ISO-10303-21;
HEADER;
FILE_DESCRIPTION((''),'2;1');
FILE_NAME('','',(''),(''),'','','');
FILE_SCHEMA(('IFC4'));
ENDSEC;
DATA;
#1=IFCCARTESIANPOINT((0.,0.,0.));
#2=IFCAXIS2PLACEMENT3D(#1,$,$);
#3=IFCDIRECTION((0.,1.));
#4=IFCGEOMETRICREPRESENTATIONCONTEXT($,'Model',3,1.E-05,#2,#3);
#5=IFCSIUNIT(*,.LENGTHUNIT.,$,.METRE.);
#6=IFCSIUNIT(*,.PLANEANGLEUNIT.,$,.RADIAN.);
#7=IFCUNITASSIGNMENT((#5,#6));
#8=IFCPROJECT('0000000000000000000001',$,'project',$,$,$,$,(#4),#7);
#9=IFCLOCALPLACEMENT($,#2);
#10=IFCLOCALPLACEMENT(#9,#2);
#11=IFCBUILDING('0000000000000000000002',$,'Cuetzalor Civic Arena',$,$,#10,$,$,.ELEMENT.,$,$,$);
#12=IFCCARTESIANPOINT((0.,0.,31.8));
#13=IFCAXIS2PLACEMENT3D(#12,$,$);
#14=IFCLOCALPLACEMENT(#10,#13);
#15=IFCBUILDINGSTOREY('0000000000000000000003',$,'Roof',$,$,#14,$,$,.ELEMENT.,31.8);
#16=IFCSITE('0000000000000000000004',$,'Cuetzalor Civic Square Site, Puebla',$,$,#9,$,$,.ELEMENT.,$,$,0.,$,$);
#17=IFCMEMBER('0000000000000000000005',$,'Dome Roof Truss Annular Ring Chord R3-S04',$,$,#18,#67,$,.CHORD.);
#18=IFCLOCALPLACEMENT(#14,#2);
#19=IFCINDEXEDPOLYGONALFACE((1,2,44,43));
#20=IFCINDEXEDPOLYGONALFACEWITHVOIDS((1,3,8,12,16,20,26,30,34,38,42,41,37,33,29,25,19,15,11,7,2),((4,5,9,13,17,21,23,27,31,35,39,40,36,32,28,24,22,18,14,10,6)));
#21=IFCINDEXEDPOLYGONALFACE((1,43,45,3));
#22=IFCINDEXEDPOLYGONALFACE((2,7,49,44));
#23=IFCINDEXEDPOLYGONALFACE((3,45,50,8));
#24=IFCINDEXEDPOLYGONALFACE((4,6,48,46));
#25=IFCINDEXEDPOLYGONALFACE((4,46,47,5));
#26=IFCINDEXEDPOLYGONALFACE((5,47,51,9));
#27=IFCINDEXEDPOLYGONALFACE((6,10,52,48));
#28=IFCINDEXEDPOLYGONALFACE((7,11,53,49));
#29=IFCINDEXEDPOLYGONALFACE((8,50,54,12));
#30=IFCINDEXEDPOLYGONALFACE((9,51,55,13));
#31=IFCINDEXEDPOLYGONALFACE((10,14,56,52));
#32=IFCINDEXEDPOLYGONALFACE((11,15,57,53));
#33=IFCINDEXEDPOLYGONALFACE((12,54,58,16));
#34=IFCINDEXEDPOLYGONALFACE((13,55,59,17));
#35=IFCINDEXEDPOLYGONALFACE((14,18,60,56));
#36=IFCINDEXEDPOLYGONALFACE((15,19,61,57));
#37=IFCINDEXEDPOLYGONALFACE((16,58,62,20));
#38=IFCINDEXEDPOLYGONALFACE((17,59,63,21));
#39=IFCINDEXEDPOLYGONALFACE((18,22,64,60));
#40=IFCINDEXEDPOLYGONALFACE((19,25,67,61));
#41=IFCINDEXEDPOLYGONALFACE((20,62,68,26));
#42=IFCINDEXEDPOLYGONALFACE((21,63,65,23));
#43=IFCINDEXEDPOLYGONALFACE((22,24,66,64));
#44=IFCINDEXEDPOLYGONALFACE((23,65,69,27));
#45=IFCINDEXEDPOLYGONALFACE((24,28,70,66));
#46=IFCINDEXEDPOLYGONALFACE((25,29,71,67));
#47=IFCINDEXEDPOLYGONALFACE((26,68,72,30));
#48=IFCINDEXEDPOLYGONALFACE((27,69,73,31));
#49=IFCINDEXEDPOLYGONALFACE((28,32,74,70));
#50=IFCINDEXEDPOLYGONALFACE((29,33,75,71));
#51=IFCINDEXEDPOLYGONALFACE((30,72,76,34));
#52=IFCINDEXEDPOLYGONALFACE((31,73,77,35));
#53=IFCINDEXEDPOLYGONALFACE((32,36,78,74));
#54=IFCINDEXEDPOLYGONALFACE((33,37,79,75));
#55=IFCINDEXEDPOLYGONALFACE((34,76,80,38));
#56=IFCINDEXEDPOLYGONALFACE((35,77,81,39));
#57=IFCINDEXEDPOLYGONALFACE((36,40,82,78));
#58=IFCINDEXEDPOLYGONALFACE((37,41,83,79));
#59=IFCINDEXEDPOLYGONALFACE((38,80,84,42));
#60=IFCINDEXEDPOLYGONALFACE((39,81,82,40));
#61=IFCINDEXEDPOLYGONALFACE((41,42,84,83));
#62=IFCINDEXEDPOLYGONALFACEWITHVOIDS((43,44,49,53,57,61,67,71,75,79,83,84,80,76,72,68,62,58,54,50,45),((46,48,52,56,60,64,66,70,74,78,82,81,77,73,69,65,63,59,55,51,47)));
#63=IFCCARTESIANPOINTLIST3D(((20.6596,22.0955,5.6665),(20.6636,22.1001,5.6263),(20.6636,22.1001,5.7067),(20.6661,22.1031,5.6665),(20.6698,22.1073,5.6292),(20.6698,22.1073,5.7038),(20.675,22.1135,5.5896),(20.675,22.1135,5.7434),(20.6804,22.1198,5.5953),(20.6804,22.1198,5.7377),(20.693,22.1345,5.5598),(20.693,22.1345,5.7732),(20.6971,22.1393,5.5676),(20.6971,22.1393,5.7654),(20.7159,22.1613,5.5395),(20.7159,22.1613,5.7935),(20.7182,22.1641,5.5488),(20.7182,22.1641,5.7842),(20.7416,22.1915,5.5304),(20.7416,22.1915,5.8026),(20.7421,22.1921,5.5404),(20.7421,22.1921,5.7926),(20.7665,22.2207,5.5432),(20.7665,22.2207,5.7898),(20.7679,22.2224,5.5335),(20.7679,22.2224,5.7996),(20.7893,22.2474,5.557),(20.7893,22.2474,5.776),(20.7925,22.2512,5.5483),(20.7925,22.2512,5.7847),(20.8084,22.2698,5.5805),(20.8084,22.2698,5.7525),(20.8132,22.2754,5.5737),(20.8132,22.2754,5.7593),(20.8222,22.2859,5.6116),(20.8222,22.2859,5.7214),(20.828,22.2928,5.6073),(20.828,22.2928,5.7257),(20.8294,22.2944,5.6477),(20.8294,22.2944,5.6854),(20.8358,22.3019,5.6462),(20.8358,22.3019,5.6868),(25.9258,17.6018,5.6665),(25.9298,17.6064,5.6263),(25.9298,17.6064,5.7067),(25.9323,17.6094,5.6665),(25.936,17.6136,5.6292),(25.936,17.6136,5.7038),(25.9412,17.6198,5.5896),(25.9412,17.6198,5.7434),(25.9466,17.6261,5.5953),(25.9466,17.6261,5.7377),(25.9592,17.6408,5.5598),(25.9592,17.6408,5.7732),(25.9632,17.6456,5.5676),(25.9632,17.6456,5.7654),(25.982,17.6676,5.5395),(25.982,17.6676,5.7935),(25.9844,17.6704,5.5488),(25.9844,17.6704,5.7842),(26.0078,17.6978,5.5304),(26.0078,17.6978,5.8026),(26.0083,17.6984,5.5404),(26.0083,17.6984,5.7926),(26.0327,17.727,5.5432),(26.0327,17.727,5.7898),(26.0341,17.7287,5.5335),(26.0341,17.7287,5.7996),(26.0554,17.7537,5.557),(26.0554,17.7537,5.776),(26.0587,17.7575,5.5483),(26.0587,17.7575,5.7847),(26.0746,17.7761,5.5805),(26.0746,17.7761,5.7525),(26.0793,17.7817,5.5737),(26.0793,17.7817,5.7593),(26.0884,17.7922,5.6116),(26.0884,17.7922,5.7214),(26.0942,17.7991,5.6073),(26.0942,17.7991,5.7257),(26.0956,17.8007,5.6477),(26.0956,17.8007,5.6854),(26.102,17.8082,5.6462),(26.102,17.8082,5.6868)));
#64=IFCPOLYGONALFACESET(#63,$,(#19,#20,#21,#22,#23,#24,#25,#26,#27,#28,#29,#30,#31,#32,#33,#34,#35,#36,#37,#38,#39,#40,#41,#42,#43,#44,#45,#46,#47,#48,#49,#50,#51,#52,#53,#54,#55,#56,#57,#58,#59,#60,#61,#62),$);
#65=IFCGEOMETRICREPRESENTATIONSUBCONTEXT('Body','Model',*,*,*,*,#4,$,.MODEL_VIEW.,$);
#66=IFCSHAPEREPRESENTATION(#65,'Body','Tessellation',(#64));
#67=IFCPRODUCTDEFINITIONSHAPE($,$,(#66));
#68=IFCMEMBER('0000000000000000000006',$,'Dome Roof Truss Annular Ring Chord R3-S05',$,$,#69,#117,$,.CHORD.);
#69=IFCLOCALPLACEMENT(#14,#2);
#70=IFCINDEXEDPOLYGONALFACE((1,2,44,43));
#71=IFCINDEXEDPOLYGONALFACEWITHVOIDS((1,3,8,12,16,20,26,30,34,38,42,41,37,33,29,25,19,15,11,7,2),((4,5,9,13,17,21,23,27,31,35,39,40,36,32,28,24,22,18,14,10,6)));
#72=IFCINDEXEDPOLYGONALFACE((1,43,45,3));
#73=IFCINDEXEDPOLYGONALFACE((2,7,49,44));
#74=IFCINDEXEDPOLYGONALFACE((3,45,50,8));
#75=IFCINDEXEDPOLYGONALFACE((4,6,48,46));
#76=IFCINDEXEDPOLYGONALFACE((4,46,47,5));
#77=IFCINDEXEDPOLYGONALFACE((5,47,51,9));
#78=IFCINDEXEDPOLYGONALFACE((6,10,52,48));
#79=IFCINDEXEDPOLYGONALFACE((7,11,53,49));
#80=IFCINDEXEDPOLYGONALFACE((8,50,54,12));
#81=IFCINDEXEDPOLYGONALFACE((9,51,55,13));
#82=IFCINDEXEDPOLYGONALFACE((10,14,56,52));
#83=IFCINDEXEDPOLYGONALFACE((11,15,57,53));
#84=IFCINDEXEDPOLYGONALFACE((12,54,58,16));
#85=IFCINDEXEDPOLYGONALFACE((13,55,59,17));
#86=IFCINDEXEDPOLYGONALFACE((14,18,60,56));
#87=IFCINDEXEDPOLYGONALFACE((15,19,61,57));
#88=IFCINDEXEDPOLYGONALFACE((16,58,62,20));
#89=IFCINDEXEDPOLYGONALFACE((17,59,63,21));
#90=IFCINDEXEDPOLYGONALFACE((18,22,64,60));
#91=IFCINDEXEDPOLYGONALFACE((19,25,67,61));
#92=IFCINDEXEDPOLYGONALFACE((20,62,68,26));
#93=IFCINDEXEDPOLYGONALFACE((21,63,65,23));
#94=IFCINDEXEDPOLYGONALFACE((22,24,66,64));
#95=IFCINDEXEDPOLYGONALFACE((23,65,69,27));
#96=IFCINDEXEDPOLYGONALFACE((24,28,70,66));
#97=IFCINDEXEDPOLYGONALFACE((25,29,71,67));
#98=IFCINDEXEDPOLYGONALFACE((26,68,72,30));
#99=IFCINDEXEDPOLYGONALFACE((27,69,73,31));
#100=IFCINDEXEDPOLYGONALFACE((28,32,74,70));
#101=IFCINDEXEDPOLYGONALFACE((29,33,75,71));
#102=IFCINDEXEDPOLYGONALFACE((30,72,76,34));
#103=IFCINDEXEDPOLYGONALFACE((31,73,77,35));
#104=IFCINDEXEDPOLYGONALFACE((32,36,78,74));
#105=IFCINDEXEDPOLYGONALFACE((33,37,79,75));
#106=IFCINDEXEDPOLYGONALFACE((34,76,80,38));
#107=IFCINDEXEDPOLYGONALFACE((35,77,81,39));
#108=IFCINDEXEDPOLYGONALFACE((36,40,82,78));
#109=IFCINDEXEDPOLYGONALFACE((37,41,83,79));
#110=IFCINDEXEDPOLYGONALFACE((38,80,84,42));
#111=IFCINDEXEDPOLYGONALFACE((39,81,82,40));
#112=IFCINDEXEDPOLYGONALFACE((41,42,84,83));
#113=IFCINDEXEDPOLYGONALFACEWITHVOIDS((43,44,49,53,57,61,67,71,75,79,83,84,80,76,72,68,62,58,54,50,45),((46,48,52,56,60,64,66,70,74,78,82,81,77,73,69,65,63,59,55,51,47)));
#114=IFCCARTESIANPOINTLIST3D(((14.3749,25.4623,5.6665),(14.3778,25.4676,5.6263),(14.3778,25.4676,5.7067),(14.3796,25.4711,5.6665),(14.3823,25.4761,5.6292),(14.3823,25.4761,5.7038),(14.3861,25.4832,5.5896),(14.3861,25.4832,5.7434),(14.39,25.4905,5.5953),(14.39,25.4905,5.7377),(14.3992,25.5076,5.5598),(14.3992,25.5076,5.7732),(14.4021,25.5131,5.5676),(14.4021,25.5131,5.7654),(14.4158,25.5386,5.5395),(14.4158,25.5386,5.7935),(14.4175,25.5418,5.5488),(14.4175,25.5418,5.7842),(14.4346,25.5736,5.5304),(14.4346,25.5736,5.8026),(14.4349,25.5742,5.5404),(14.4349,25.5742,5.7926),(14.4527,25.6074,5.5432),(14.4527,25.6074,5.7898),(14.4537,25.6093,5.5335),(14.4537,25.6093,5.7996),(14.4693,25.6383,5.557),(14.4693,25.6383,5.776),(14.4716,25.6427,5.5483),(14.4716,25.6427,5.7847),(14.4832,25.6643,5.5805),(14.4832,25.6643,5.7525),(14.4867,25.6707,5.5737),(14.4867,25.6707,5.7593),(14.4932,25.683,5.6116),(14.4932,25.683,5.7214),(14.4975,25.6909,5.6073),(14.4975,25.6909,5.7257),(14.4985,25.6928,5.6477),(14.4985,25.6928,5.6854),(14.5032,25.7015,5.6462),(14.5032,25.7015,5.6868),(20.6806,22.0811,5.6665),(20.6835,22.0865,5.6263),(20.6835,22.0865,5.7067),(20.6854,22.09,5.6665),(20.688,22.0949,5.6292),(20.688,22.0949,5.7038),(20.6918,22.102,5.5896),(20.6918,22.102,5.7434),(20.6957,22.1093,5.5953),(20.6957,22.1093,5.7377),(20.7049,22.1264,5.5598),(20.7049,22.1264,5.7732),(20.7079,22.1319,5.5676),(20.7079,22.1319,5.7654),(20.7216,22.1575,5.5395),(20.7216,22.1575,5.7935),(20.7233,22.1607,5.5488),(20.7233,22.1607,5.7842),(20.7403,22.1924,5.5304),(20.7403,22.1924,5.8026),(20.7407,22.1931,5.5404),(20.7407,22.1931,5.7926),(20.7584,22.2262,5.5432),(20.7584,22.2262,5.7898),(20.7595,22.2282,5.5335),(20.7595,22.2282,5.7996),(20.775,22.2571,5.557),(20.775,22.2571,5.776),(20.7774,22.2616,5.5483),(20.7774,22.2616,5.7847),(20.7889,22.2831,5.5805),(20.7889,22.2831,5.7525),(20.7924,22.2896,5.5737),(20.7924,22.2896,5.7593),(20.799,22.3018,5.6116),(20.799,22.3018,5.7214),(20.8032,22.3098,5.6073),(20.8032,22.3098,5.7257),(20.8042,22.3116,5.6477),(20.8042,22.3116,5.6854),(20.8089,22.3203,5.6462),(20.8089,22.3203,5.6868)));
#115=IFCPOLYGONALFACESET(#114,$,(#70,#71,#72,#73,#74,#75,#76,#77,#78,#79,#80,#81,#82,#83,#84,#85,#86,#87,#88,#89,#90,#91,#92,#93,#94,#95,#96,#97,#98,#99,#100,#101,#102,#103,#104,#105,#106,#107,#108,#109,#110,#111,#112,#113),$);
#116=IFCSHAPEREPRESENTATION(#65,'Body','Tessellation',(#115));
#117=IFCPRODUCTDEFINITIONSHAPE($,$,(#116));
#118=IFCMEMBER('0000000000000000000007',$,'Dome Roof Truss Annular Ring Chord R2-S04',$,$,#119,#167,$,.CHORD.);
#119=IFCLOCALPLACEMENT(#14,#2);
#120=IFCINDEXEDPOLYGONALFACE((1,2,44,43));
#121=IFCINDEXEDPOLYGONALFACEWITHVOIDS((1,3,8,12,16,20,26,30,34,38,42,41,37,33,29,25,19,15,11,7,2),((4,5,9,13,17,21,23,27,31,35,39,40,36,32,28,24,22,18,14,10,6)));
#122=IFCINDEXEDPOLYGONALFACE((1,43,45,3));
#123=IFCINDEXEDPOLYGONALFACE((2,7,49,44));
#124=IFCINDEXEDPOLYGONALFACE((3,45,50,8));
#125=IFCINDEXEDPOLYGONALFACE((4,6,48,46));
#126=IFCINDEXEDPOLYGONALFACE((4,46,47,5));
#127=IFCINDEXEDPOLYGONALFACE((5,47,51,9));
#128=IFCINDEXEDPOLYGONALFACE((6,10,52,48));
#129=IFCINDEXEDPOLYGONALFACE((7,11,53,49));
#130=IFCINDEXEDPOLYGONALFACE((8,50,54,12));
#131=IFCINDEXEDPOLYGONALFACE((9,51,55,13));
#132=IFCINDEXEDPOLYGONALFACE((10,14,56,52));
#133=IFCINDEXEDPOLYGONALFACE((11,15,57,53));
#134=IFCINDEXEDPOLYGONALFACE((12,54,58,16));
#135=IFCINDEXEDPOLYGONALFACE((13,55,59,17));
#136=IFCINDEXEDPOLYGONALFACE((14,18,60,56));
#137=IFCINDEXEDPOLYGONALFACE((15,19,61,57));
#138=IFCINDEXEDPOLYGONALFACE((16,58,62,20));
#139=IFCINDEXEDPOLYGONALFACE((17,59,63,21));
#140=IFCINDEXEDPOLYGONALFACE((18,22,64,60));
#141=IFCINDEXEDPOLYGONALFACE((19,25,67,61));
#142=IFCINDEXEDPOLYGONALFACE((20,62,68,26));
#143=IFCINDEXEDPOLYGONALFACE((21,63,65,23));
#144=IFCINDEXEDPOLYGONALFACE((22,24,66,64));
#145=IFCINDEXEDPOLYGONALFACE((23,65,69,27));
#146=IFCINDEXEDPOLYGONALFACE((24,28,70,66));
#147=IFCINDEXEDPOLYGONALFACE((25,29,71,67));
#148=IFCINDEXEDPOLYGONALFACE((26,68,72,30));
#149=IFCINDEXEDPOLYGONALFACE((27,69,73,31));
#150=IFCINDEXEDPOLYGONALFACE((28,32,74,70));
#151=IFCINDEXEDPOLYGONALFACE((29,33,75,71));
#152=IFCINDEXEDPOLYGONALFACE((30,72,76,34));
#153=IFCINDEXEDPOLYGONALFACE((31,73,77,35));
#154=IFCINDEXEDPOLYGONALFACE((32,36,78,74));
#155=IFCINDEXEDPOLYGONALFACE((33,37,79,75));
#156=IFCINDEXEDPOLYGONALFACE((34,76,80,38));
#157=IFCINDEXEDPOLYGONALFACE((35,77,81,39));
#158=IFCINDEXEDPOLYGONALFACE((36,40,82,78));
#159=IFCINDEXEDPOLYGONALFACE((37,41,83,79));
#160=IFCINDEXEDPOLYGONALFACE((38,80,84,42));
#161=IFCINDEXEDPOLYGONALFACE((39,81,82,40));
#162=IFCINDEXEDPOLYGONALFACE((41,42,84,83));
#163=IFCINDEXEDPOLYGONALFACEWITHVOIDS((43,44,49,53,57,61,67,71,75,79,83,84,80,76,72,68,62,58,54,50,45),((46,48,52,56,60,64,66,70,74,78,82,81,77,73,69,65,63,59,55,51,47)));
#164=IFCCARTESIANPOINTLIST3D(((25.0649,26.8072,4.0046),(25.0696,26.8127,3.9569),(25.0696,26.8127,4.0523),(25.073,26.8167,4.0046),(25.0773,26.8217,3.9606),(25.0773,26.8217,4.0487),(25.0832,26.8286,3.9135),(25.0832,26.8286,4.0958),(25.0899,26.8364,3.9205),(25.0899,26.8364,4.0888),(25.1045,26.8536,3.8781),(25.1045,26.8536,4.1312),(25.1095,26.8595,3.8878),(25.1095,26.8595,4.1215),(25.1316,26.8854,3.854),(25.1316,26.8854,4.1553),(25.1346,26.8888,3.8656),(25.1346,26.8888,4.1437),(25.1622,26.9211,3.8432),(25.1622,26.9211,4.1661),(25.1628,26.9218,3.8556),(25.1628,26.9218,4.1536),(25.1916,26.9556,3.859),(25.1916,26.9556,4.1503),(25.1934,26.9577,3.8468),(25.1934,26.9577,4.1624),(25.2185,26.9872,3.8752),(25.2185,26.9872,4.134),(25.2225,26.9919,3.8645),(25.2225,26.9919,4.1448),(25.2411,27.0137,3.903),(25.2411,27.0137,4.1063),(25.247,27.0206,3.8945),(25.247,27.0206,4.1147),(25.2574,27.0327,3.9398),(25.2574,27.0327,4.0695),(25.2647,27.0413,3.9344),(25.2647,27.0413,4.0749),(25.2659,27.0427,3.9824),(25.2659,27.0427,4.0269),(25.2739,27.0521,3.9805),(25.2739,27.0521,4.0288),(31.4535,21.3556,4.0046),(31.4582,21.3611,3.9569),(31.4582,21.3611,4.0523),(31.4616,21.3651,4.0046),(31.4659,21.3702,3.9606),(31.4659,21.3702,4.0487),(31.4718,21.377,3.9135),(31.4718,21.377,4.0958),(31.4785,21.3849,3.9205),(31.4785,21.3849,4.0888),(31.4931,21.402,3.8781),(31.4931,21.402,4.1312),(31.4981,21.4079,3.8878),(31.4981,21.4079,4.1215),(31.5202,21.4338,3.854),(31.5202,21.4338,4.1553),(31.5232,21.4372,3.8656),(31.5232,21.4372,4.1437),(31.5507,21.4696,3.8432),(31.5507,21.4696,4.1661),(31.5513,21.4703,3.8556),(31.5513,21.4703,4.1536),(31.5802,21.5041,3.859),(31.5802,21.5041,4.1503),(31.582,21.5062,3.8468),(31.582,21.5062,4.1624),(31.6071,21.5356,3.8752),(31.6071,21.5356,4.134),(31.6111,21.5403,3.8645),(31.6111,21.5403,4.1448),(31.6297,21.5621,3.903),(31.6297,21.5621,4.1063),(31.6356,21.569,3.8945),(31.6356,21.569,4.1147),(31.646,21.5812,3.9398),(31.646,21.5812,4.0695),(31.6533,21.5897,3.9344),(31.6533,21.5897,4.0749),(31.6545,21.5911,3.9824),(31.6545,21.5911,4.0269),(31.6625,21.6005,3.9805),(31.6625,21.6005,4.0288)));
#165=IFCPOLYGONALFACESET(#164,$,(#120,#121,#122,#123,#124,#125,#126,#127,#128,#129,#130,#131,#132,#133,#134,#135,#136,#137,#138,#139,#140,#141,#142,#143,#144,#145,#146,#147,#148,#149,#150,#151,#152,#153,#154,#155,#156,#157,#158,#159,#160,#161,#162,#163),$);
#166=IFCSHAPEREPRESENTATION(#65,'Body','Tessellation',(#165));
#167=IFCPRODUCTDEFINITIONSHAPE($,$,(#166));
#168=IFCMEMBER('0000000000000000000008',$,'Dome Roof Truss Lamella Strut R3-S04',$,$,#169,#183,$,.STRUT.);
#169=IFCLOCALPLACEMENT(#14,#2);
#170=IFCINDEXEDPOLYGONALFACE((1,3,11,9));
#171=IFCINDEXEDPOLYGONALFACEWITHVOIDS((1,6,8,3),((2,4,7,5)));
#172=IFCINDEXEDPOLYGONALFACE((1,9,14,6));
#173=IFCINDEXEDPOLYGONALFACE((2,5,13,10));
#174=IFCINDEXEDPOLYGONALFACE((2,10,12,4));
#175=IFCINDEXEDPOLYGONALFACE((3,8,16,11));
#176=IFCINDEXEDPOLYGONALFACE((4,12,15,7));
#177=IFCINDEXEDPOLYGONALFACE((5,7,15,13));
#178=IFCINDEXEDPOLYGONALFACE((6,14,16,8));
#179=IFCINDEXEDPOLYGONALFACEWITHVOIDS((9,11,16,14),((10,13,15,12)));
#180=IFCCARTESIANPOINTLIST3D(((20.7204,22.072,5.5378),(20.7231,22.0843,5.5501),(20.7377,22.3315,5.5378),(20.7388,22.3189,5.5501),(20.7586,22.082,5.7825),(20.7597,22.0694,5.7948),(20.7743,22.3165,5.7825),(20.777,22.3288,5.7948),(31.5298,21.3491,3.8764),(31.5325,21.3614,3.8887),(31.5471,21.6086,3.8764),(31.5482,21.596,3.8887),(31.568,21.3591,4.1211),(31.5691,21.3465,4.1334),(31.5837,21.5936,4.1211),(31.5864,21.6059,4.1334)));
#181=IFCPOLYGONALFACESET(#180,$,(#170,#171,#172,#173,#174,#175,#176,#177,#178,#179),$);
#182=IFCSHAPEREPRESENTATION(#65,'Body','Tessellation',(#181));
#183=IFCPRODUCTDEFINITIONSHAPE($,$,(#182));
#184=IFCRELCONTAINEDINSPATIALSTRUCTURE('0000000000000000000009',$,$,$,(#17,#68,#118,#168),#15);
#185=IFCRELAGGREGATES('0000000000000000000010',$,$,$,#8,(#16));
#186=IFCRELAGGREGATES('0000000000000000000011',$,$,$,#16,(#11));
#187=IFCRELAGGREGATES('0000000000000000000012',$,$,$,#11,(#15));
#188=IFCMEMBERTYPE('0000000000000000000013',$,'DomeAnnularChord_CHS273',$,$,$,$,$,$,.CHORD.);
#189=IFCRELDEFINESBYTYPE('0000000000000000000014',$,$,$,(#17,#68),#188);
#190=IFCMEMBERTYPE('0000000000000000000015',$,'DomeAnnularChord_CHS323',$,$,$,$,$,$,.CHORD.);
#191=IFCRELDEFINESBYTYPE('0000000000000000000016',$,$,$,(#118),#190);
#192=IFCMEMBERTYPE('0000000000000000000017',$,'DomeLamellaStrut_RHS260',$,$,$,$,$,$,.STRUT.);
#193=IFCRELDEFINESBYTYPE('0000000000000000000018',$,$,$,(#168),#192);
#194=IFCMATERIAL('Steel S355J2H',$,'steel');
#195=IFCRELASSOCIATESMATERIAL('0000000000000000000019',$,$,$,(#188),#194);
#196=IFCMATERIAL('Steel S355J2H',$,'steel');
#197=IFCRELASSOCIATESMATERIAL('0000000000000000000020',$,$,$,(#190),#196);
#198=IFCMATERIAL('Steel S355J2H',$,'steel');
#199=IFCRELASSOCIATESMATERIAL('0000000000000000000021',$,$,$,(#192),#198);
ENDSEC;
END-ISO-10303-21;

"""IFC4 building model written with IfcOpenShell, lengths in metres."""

from ifc_helpers import new_model, si_unit, direction, frame, origin, origin_2d, place, context, subcontext, project, spatial, hollow_rectangle, hollow_circle, extrude, material, material_profile, profile_set, type_object, element, save


model = new_model("IFC4")

# Units and contexts
model_context = context("Model", 3, precision=1e-05, world=origin(), true_north=direction((0.0, 1.0)))
body_context = subcontext(model_context, "Body", "Model", "MODEL_VIEW")
ifc_project = project(units=[si_unit("LENGTHUNIT", "METRE"), si_unit("PLANEANGLEUNIT", "RADIAN")], contexts=[model_context])

# Site, building, storey
site_placement = place(None, origin())
site = spatial("IfcSite", under=ifc_project, at=site_placement, Name="Cuetzalor Civic Square Site, Puebla", CompositionType="ELEMENT", RefElevation=0.0)
building_placement = place(site_placement, origin())
building = spatial("IfcBuilding", under=site, at=building_placement, Name="Cuetzalor Civic Arena", CompositionType="ELEMENT")
storey_placement = place(building_placement, frame((0.0, 0.0, 31.8)))
storey = spatial("IfcBuildingStorey", under=building, at=storey_placement, Name="Roof", CompositionType="ELEMENT", Elevation=31.8)

# Members
ifc_material_1 = material(Name="Steel S355J2H", Category="steel")
ifc_material_profile_1 = material_profile(ifc_material_1, hollow_circle(Radius=0.1365, WallThickness=0.01, at=origin_2d()), Name="CHS 273x10")
ifc_profile_set_1 = profile_set([ifc_material_profile_1], Name="Steel S355J2H")
member_type_1 = type_object("IfcMemberType", Name="DomeAnnularChord_CHS273", PredefinedType="CHORD", material=ifc_profile_set_1)
member_1_placement = place(storey_placement, frame((26.0144, 17.7056, 5.6665), z_axis=(-0.760694, 0.649111, 0.0), x_axis=(-0.649111, -0.760694, 0.0)))
element("IfcMember", 1, at=member_1_placement, inside=storey, type_object=member_type_1, Name="Dome Roof Truss Annular Ring Chord R3-S04", PredefinedType="CHORD", context=body_context, shape_type="SweptSolid", body=[
    extrude(hollow_circle(Radius=0.1365, WallThickness=0.01, at=origin_2d()), origin(), (0.0, 0.0, 1.0), 6.9229),
])
member_2_placement = place(storey_placement, frame((20.7451, 22.2014, 5.6665), z_axis=(-0.881301, 0.472555, 0.0), x_axis=(-0.472555, -0.881301, 0.0)))
element("IfcMember", 2, at=member_2_placement, inside=storey, type_object=member_type_1, Name="Dome Roof Truss Annular Ring Chord R3-S05", PredefinedType="CHORD", context=body_context, shape_type="SweptSolid", body=[
    extrude(hollow_circle(Radius=0.1365, WallThickness=0.01, at=origin_2d()), origin(), (0.0, 0.0, 1.0), 7.155),
])
ifc_material_2 = material(Name="Steel S355J2H", Category="steel")
ifc_material_profile_2 = material_profile(ifc_material_2, hollow_circle(Radius=0.1619, WallThickness=0.0125, at=origin_2d()), Name="CHS 323.9x12.5")
ifc_profile_set_2 = profile_set([ifc_material_profile_2], Name="Steel S355J2H")
member_type_2 = type_object("IfcMemberType", Name="DomeAnnularChord_CHS323", PredefinedType="CHORD", material=ifc_profile_set_2)
member_3_placement = place(storey_placement, frame((31.5586, 21.4788, 4.0046), z_axis=(-0.760687, 0.649119, 0.0), x_axis=(-0.649119, -0.760687, 0.0)))
element("IfcMember", 3, at=member_3_placement, inside=storey, type_object=member_type_2, Name="Dome Roof Truss Annular Ring Chord R2-S04", PredefinedType="CHORD", context=body_context, shape_type="SweptSolid", body=[
    extrude(hollow_circle(Radius=0.1619, WallThickness=0.0125, at=origin_2d()), origin(), (0.0, 0.0, 1.0), 8.3984),
])
ifc_material_3 = material(Name="Steel S355J2H", Category="steel")
ifc_material_profile_3 = material_profile(ifc_material_3, hollow_rectangle(XDim=0.26, YDim=0.26, WallThickness=0.0125, at=origin_2d()), Name="RHS 260x260x12.5")
ifc_profile_set_3 = profile_set([ifc_material_profile_3], Name="Steel S355J2H")
member_type_3 = type_object("IfcMemberType", Name="DomeLamellaStrut_RHS260", PredefinedType="STRUT", material=ifc_profile_set_3)
member_4_placement = place(storey_placement, frame((31.5581, 21.4775, 4.0049), z_axis=(-0.986241, 0.065957, 0.151584), x_axis=(-0.066728, -0.997771, 0.0)))
element("IfcMember", 4, at=member_4_placement, inside=storey, type_object=member_type_3, Name="Dome Roof Truss Lamella Strut R3-S04", PredefinedType="STRUT", context=body_context, shape_type="SweptSolid", body=[
    extrude(hollow_rectangle(XDim=0.26, YDim=0.26, WallThickness=0.0125, at=origin_2d()), origin(), (0.0, 0.0, 1.0), 10.9602),
])

save(model, "model.ifc")
